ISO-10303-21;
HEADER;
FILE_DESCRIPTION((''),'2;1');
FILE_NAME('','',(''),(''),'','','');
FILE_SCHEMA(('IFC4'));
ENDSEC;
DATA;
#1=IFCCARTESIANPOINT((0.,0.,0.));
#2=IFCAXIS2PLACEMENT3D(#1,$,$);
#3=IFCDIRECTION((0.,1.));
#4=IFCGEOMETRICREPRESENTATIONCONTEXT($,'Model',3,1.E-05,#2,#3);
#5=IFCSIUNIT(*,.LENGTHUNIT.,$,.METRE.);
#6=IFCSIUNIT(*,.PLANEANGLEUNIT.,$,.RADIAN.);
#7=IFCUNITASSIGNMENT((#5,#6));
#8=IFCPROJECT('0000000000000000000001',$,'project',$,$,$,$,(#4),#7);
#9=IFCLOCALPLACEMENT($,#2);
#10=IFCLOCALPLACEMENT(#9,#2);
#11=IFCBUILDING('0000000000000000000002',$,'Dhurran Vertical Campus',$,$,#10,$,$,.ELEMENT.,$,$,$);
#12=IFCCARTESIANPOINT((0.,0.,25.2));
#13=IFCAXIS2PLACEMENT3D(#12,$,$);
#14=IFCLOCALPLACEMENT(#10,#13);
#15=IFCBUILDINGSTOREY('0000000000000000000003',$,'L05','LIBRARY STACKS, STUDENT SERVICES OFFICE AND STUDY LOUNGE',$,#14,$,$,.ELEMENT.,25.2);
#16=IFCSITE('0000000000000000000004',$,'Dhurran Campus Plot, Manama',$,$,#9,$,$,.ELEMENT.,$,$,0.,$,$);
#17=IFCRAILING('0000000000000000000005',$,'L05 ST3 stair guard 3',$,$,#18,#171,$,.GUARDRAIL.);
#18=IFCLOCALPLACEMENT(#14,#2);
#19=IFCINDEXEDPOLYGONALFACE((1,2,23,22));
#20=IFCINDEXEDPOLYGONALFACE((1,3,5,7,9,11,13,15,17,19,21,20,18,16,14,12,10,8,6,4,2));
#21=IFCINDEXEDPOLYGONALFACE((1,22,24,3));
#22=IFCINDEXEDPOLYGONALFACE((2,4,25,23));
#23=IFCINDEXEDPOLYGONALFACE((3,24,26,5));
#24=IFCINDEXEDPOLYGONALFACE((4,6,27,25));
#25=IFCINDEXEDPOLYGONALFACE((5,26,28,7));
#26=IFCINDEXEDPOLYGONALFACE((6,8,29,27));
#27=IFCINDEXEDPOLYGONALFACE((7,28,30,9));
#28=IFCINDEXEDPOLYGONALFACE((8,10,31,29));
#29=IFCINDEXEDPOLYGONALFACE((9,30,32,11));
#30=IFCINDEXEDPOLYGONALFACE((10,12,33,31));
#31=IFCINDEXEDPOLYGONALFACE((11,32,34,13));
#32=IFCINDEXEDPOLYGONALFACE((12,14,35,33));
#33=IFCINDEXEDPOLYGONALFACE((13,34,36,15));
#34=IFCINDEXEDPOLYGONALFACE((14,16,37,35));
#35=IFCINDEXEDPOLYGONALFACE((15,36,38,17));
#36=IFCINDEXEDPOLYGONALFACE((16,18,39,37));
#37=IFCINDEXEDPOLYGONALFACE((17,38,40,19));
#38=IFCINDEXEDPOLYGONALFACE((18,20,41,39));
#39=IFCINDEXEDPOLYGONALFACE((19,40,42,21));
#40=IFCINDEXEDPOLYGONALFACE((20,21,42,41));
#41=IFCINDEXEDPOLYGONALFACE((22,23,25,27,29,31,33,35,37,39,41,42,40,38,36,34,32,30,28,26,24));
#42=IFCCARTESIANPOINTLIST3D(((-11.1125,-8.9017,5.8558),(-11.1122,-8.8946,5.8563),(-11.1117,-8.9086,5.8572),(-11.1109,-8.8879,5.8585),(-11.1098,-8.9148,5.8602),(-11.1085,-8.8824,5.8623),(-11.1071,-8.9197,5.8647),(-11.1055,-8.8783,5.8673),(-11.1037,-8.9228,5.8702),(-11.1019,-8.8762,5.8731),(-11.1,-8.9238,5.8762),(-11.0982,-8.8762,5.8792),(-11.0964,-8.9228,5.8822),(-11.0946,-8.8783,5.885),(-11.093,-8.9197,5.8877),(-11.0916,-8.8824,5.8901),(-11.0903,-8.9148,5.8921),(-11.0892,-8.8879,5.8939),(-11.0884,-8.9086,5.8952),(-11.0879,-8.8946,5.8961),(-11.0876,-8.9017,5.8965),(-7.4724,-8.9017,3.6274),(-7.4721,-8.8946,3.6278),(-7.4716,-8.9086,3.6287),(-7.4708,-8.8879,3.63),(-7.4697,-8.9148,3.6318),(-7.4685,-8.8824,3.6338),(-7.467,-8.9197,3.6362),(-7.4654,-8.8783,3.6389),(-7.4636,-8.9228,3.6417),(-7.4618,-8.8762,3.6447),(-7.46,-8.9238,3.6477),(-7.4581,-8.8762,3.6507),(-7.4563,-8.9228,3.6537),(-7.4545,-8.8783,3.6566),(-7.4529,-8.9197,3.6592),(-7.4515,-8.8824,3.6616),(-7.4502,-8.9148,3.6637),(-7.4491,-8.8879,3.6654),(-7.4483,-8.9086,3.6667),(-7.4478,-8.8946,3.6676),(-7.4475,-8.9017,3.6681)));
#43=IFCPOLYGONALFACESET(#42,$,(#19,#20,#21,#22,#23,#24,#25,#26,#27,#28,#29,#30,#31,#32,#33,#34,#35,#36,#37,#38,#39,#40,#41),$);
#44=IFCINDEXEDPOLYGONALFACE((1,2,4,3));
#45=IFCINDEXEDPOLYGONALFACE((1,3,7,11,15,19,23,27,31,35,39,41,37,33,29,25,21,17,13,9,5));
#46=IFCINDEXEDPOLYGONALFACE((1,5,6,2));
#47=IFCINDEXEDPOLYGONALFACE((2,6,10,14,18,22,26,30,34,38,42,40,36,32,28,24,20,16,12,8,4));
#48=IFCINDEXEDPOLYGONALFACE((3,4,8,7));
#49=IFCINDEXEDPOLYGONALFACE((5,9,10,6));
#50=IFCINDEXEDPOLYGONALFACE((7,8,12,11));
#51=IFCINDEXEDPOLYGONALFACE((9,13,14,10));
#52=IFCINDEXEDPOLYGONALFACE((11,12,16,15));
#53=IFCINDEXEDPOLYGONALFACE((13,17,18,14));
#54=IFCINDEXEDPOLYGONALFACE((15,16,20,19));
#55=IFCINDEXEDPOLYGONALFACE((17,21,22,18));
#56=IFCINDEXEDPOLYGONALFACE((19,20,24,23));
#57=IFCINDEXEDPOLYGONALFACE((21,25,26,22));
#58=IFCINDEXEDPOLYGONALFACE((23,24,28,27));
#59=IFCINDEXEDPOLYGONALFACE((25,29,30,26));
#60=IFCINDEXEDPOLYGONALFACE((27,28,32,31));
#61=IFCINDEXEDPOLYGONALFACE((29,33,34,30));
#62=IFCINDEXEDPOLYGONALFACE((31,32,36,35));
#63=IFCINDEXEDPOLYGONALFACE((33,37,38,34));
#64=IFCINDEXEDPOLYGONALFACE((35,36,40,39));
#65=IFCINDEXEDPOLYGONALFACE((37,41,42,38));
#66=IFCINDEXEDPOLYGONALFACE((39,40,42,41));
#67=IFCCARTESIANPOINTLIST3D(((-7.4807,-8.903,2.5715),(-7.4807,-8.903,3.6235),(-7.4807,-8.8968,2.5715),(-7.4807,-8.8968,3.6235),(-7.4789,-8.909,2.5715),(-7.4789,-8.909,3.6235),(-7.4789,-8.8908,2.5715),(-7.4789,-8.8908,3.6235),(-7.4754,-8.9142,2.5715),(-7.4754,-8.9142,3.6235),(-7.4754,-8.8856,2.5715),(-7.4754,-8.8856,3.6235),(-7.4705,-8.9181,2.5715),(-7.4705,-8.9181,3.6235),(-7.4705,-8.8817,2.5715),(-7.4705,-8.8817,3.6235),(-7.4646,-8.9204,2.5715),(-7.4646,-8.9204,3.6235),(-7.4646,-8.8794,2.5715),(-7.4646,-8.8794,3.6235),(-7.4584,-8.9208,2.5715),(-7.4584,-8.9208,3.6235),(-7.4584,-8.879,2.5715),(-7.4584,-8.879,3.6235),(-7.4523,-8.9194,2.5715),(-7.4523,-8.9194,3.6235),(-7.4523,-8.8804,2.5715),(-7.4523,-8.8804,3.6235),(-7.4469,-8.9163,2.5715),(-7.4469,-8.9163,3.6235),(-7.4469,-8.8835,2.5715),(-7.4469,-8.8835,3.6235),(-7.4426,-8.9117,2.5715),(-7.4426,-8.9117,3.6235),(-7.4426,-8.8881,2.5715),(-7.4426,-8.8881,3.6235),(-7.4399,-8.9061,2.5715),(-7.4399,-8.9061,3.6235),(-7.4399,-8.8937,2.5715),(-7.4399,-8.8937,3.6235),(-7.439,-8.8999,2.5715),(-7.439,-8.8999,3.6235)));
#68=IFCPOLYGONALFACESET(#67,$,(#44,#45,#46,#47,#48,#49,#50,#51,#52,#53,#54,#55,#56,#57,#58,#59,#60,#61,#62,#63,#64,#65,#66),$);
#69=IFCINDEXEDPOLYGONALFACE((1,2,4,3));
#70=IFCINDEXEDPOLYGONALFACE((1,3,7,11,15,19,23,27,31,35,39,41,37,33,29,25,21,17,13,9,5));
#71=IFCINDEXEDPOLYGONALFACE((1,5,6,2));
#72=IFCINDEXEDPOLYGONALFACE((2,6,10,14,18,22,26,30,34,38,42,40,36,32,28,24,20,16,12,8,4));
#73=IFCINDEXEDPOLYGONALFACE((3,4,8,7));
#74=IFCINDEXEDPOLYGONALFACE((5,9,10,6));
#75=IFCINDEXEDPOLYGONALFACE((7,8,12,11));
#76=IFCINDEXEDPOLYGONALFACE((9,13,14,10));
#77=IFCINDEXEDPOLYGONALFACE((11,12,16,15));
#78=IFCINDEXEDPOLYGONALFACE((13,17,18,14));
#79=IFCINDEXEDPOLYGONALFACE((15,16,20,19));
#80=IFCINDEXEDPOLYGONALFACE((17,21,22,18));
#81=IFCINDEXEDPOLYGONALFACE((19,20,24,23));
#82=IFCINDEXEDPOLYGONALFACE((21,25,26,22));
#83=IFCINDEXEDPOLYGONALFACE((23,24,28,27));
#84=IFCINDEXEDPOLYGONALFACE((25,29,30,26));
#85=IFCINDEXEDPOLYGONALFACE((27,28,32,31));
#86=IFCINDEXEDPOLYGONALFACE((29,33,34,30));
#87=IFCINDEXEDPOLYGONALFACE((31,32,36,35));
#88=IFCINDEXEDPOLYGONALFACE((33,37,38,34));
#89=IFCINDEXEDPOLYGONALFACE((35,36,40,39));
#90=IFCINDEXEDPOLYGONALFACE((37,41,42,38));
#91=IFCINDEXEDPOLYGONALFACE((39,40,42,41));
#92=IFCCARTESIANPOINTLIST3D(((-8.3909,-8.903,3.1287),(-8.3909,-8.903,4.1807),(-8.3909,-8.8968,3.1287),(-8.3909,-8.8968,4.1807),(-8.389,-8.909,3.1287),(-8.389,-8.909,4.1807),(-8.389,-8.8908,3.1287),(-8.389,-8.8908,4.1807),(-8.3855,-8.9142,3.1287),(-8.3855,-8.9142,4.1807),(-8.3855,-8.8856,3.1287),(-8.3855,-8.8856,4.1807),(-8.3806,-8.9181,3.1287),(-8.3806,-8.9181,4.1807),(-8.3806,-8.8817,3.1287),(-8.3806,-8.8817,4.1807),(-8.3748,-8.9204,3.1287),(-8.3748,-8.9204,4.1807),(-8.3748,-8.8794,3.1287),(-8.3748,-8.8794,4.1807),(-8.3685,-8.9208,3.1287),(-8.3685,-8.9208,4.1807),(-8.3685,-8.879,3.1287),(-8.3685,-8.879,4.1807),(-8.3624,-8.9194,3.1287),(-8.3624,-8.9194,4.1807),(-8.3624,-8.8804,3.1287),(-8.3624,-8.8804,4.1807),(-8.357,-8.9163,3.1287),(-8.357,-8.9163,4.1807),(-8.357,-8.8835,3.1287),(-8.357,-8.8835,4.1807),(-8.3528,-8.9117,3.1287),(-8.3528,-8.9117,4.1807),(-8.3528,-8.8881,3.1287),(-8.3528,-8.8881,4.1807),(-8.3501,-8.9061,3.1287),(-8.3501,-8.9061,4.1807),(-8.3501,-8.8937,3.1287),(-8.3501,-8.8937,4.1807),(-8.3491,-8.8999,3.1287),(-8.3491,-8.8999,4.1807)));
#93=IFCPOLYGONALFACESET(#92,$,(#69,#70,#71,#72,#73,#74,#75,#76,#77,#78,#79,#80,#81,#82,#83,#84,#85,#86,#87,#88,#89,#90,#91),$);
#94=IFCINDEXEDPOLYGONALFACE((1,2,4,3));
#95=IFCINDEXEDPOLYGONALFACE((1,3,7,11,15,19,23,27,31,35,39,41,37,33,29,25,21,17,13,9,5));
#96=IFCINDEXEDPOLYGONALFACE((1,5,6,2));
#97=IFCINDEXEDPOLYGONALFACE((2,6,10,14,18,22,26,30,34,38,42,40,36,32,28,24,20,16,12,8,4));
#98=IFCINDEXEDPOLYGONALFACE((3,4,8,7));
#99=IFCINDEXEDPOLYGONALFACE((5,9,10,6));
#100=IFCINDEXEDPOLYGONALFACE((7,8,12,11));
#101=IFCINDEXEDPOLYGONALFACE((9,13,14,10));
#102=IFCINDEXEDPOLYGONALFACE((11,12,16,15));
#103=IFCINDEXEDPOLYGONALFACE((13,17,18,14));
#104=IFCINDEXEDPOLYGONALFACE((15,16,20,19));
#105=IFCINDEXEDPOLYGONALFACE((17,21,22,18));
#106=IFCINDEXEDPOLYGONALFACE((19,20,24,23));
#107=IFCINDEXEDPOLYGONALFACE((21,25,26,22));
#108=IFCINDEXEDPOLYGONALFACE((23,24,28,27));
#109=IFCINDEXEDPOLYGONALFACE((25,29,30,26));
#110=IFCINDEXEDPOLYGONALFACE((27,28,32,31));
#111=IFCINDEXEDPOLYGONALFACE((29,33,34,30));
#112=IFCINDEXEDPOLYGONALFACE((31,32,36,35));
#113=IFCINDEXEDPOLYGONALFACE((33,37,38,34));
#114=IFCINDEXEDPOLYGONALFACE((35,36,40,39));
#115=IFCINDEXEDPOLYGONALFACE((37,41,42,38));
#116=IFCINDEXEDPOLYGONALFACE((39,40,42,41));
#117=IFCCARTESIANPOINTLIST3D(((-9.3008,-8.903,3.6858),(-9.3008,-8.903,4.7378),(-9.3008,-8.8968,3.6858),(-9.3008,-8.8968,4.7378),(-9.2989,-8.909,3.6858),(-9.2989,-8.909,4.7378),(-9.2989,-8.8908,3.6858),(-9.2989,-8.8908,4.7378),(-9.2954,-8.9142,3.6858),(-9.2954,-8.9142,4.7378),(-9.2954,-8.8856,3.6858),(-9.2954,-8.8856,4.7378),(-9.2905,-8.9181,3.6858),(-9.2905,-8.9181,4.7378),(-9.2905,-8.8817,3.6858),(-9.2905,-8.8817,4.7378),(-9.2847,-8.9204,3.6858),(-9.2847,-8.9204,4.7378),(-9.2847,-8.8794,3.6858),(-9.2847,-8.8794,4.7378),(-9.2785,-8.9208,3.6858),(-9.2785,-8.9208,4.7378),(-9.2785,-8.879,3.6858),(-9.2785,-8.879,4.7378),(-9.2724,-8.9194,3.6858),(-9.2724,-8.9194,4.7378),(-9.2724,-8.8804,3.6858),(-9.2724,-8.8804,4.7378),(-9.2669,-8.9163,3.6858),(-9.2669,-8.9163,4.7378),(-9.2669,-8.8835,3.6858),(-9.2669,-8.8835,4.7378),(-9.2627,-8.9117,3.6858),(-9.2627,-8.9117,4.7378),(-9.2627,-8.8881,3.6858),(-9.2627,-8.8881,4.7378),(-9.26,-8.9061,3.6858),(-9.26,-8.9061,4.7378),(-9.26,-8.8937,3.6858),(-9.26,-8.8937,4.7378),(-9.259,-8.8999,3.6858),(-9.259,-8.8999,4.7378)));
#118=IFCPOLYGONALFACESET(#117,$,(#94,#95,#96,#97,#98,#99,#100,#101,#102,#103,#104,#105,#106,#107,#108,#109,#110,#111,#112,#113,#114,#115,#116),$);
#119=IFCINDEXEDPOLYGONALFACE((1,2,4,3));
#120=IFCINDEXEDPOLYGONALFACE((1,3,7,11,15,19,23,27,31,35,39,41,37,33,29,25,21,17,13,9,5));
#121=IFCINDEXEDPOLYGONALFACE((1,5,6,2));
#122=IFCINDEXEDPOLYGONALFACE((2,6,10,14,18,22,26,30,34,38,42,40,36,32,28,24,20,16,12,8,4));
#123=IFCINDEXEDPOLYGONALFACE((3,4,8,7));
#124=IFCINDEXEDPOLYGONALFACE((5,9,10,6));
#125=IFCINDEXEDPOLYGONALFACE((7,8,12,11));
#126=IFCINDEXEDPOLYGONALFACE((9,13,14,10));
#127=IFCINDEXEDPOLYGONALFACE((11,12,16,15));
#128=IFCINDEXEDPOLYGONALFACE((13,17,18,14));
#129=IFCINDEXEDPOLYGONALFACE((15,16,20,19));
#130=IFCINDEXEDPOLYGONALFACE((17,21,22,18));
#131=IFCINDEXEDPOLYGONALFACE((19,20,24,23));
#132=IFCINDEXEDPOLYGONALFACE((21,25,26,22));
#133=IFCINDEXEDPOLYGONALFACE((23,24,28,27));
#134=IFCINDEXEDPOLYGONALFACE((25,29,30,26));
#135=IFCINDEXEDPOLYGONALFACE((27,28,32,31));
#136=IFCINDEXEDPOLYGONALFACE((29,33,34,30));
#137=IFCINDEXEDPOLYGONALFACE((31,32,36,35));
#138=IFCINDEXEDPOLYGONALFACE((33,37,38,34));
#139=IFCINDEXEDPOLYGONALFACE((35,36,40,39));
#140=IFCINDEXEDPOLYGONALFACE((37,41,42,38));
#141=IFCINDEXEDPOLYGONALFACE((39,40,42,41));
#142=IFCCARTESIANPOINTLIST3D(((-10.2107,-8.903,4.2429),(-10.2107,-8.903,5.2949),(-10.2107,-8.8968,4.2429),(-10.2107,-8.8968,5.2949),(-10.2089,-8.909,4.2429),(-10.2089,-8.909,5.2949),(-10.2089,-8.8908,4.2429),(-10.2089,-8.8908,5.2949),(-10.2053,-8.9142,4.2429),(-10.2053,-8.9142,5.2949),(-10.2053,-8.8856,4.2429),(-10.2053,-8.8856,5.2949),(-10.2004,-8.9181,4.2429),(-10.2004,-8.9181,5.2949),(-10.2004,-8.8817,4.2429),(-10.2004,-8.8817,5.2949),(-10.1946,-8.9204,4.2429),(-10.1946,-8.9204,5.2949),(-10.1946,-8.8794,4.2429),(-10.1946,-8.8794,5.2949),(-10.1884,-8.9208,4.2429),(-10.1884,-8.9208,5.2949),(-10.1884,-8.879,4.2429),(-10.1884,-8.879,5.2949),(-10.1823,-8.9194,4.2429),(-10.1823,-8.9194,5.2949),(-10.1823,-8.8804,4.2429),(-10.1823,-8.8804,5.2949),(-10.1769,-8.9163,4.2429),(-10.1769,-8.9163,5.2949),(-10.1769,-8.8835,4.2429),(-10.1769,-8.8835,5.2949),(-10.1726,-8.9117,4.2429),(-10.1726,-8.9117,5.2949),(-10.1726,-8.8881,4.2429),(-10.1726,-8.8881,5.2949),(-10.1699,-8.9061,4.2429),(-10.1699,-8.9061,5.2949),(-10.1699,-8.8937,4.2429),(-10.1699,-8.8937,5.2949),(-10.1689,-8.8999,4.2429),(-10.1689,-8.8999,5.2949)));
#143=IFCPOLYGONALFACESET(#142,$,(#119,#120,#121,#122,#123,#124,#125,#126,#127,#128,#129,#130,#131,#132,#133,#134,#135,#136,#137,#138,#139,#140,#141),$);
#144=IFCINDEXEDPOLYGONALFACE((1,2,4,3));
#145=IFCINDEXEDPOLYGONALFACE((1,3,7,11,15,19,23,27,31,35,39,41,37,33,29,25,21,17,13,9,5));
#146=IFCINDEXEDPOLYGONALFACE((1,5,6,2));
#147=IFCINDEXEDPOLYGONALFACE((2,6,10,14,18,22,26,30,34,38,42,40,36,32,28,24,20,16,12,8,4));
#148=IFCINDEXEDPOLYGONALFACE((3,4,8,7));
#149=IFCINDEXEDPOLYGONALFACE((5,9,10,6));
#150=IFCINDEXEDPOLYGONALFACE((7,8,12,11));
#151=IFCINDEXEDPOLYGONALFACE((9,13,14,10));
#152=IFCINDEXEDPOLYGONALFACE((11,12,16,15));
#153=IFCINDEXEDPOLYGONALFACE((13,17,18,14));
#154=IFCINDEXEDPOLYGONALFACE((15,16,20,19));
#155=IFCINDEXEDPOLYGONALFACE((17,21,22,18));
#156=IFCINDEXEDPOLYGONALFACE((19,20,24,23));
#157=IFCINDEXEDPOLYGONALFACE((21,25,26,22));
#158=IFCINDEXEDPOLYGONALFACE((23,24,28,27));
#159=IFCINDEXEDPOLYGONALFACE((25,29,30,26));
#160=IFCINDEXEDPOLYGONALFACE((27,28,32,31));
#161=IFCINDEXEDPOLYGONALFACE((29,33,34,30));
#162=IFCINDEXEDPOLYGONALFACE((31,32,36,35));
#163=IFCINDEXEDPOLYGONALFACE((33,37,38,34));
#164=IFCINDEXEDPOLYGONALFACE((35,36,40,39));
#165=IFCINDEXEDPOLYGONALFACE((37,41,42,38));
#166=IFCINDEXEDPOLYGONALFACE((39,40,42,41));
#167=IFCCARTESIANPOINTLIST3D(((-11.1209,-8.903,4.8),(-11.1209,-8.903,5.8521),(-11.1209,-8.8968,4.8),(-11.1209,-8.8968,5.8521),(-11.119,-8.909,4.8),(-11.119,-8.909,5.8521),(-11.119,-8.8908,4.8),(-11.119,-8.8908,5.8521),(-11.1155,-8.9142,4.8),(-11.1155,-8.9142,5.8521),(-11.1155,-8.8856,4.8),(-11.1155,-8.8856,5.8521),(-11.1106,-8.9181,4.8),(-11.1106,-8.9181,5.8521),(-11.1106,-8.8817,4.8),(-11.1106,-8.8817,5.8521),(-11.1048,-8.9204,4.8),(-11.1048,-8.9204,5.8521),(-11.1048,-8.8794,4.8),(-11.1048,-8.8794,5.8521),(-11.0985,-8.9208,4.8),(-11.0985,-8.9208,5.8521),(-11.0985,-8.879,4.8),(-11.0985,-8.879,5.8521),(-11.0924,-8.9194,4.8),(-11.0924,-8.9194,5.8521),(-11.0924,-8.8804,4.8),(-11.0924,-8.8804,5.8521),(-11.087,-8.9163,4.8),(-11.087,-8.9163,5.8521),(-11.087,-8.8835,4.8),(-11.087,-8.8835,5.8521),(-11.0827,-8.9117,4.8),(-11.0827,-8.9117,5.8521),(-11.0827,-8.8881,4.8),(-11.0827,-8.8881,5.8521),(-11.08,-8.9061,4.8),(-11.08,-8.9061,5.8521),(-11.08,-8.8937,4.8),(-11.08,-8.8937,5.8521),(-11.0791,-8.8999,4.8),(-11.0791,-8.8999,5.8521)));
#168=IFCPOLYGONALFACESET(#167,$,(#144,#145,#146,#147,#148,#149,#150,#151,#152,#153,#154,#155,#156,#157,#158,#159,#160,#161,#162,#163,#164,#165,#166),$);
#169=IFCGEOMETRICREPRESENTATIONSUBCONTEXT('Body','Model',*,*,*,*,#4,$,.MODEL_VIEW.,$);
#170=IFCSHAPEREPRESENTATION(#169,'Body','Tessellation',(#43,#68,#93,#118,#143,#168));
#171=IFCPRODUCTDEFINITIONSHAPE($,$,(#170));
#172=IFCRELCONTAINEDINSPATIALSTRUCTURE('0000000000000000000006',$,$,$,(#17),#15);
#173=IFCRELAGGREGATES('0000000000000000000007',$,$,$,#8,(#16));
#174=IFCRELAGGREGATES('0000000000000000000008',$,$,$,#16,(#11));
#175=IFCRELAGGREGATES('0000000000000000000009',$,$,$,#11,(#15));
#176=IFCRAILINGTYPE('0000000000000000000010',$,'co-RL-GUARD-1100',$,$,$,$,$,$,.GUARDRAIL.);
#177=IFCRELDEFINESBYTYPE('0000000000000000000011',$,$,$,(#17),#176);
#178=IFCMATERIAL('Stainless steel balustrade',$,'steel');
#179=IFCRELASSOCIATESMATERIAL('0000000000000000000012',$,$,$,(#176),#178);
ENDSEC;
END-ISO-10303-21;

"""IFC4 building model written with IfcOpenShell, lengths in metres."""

from ifc_helpers import new_model, si_unit, direction, frame, origin, origin_2d, place, context, subcontext, project, spatial, circle, extrude, material, type_object, element, save


model = new_model("IFC4")

# Units and contexts
model_context = context("Model", 3, precision=1e-05, world=origin(), true_north=direction((0.0, 1.0)))
body_context = subcontext(model_context, "Body", "Model", "MODEL_VIEW")
ifc_project = project(units=[si_unit("LENGTHUNIT", "METRE"), si_unit("PLANEANGLEUNIT", "RADIAN")], contexts=[model_context])

# Site, building, storey
site_placement = place(None, origin())
site = spatial("IfcSite", under=ifc_project, at=site_placement, Name="Dhurran Campus Plot, Manama", CompositionType="ELEMENT", RefElevation=0.0)
building_placement = place(site_placement, origin())
building = spatial("IfcBuilding", under=site, at=building_placement, Name="Dhurran Vertical Campus", CompositionType="ELEMENT")
storey_placement = place(building_placement, frame((0.0, 0.0, 25.2)))
storey = spatial("IfcBuildingStorey", under=building, at=storey_placement, Name="L05", Description="LIBRARY STACKS, STUDENT SERVICES OFFICE AND STUDY LOUNGE", CompositionType="ELEMENT", Elevation=25.2)

# Railing
ifc_material_1 = material(Name="Stainless steel balustrade", Category="steel")
railing_type_1 = type_object("IfcRailingType", Name="co-RL-GUARD-1100", PredefinedType="GUARDRAIL", material=ifc_material_1)
railing_1_placement = place(storey_placement, frame((-7.46, -8.8999, 2.5715)))
element("IfcRailing", 1, at=railing_1_placement, inside=storey, type_object=railing_type_1, Name="L05 ST3 stair guard 3", PredefinedType="GUARDRAIL", context=body_context, shape_type="SweptSolid", body=[
    extrude(circle(Radius=0.0239, at=origin_2d()), frame((0.0, 0.0, 1.0762), z_axis=(-0.852866, 0.0, 0.52213), x_axis=(0.0, -1.0, 0.0)), (0.0, 0.0, 1.0), 4.2681),
    extrude(circle(Radius=0.021, at=origin_2d()), origin(), (0.0, 0.0, 1.0), 1.052),
    extrude(circle(Radius=0.021, at=origin_2d()), frame((-0.9102, 0.0, 0.5571)), (0.0, 0.0, 1.0), 1.052),
    extrude(circle(Radius=0.021, at=origin_2d()), frame((-1.8201, 0.0, 1.1143)), (0.0, 0.0, 1.0), 1.052),
    extrude(circle(Radius=0.021, at=origin_2d()), frame((-2.73, 0.0, 1.6714)), (0.0, 0.0, 1.0), 1.052),
    extrude(circle(Radius=0.021, at=origin_2d()), frame((-3.6401, 0.0, 2.2285)), (0.0, 0.0, 1.0), 1.052),
])

save(model, "model.ifc")
